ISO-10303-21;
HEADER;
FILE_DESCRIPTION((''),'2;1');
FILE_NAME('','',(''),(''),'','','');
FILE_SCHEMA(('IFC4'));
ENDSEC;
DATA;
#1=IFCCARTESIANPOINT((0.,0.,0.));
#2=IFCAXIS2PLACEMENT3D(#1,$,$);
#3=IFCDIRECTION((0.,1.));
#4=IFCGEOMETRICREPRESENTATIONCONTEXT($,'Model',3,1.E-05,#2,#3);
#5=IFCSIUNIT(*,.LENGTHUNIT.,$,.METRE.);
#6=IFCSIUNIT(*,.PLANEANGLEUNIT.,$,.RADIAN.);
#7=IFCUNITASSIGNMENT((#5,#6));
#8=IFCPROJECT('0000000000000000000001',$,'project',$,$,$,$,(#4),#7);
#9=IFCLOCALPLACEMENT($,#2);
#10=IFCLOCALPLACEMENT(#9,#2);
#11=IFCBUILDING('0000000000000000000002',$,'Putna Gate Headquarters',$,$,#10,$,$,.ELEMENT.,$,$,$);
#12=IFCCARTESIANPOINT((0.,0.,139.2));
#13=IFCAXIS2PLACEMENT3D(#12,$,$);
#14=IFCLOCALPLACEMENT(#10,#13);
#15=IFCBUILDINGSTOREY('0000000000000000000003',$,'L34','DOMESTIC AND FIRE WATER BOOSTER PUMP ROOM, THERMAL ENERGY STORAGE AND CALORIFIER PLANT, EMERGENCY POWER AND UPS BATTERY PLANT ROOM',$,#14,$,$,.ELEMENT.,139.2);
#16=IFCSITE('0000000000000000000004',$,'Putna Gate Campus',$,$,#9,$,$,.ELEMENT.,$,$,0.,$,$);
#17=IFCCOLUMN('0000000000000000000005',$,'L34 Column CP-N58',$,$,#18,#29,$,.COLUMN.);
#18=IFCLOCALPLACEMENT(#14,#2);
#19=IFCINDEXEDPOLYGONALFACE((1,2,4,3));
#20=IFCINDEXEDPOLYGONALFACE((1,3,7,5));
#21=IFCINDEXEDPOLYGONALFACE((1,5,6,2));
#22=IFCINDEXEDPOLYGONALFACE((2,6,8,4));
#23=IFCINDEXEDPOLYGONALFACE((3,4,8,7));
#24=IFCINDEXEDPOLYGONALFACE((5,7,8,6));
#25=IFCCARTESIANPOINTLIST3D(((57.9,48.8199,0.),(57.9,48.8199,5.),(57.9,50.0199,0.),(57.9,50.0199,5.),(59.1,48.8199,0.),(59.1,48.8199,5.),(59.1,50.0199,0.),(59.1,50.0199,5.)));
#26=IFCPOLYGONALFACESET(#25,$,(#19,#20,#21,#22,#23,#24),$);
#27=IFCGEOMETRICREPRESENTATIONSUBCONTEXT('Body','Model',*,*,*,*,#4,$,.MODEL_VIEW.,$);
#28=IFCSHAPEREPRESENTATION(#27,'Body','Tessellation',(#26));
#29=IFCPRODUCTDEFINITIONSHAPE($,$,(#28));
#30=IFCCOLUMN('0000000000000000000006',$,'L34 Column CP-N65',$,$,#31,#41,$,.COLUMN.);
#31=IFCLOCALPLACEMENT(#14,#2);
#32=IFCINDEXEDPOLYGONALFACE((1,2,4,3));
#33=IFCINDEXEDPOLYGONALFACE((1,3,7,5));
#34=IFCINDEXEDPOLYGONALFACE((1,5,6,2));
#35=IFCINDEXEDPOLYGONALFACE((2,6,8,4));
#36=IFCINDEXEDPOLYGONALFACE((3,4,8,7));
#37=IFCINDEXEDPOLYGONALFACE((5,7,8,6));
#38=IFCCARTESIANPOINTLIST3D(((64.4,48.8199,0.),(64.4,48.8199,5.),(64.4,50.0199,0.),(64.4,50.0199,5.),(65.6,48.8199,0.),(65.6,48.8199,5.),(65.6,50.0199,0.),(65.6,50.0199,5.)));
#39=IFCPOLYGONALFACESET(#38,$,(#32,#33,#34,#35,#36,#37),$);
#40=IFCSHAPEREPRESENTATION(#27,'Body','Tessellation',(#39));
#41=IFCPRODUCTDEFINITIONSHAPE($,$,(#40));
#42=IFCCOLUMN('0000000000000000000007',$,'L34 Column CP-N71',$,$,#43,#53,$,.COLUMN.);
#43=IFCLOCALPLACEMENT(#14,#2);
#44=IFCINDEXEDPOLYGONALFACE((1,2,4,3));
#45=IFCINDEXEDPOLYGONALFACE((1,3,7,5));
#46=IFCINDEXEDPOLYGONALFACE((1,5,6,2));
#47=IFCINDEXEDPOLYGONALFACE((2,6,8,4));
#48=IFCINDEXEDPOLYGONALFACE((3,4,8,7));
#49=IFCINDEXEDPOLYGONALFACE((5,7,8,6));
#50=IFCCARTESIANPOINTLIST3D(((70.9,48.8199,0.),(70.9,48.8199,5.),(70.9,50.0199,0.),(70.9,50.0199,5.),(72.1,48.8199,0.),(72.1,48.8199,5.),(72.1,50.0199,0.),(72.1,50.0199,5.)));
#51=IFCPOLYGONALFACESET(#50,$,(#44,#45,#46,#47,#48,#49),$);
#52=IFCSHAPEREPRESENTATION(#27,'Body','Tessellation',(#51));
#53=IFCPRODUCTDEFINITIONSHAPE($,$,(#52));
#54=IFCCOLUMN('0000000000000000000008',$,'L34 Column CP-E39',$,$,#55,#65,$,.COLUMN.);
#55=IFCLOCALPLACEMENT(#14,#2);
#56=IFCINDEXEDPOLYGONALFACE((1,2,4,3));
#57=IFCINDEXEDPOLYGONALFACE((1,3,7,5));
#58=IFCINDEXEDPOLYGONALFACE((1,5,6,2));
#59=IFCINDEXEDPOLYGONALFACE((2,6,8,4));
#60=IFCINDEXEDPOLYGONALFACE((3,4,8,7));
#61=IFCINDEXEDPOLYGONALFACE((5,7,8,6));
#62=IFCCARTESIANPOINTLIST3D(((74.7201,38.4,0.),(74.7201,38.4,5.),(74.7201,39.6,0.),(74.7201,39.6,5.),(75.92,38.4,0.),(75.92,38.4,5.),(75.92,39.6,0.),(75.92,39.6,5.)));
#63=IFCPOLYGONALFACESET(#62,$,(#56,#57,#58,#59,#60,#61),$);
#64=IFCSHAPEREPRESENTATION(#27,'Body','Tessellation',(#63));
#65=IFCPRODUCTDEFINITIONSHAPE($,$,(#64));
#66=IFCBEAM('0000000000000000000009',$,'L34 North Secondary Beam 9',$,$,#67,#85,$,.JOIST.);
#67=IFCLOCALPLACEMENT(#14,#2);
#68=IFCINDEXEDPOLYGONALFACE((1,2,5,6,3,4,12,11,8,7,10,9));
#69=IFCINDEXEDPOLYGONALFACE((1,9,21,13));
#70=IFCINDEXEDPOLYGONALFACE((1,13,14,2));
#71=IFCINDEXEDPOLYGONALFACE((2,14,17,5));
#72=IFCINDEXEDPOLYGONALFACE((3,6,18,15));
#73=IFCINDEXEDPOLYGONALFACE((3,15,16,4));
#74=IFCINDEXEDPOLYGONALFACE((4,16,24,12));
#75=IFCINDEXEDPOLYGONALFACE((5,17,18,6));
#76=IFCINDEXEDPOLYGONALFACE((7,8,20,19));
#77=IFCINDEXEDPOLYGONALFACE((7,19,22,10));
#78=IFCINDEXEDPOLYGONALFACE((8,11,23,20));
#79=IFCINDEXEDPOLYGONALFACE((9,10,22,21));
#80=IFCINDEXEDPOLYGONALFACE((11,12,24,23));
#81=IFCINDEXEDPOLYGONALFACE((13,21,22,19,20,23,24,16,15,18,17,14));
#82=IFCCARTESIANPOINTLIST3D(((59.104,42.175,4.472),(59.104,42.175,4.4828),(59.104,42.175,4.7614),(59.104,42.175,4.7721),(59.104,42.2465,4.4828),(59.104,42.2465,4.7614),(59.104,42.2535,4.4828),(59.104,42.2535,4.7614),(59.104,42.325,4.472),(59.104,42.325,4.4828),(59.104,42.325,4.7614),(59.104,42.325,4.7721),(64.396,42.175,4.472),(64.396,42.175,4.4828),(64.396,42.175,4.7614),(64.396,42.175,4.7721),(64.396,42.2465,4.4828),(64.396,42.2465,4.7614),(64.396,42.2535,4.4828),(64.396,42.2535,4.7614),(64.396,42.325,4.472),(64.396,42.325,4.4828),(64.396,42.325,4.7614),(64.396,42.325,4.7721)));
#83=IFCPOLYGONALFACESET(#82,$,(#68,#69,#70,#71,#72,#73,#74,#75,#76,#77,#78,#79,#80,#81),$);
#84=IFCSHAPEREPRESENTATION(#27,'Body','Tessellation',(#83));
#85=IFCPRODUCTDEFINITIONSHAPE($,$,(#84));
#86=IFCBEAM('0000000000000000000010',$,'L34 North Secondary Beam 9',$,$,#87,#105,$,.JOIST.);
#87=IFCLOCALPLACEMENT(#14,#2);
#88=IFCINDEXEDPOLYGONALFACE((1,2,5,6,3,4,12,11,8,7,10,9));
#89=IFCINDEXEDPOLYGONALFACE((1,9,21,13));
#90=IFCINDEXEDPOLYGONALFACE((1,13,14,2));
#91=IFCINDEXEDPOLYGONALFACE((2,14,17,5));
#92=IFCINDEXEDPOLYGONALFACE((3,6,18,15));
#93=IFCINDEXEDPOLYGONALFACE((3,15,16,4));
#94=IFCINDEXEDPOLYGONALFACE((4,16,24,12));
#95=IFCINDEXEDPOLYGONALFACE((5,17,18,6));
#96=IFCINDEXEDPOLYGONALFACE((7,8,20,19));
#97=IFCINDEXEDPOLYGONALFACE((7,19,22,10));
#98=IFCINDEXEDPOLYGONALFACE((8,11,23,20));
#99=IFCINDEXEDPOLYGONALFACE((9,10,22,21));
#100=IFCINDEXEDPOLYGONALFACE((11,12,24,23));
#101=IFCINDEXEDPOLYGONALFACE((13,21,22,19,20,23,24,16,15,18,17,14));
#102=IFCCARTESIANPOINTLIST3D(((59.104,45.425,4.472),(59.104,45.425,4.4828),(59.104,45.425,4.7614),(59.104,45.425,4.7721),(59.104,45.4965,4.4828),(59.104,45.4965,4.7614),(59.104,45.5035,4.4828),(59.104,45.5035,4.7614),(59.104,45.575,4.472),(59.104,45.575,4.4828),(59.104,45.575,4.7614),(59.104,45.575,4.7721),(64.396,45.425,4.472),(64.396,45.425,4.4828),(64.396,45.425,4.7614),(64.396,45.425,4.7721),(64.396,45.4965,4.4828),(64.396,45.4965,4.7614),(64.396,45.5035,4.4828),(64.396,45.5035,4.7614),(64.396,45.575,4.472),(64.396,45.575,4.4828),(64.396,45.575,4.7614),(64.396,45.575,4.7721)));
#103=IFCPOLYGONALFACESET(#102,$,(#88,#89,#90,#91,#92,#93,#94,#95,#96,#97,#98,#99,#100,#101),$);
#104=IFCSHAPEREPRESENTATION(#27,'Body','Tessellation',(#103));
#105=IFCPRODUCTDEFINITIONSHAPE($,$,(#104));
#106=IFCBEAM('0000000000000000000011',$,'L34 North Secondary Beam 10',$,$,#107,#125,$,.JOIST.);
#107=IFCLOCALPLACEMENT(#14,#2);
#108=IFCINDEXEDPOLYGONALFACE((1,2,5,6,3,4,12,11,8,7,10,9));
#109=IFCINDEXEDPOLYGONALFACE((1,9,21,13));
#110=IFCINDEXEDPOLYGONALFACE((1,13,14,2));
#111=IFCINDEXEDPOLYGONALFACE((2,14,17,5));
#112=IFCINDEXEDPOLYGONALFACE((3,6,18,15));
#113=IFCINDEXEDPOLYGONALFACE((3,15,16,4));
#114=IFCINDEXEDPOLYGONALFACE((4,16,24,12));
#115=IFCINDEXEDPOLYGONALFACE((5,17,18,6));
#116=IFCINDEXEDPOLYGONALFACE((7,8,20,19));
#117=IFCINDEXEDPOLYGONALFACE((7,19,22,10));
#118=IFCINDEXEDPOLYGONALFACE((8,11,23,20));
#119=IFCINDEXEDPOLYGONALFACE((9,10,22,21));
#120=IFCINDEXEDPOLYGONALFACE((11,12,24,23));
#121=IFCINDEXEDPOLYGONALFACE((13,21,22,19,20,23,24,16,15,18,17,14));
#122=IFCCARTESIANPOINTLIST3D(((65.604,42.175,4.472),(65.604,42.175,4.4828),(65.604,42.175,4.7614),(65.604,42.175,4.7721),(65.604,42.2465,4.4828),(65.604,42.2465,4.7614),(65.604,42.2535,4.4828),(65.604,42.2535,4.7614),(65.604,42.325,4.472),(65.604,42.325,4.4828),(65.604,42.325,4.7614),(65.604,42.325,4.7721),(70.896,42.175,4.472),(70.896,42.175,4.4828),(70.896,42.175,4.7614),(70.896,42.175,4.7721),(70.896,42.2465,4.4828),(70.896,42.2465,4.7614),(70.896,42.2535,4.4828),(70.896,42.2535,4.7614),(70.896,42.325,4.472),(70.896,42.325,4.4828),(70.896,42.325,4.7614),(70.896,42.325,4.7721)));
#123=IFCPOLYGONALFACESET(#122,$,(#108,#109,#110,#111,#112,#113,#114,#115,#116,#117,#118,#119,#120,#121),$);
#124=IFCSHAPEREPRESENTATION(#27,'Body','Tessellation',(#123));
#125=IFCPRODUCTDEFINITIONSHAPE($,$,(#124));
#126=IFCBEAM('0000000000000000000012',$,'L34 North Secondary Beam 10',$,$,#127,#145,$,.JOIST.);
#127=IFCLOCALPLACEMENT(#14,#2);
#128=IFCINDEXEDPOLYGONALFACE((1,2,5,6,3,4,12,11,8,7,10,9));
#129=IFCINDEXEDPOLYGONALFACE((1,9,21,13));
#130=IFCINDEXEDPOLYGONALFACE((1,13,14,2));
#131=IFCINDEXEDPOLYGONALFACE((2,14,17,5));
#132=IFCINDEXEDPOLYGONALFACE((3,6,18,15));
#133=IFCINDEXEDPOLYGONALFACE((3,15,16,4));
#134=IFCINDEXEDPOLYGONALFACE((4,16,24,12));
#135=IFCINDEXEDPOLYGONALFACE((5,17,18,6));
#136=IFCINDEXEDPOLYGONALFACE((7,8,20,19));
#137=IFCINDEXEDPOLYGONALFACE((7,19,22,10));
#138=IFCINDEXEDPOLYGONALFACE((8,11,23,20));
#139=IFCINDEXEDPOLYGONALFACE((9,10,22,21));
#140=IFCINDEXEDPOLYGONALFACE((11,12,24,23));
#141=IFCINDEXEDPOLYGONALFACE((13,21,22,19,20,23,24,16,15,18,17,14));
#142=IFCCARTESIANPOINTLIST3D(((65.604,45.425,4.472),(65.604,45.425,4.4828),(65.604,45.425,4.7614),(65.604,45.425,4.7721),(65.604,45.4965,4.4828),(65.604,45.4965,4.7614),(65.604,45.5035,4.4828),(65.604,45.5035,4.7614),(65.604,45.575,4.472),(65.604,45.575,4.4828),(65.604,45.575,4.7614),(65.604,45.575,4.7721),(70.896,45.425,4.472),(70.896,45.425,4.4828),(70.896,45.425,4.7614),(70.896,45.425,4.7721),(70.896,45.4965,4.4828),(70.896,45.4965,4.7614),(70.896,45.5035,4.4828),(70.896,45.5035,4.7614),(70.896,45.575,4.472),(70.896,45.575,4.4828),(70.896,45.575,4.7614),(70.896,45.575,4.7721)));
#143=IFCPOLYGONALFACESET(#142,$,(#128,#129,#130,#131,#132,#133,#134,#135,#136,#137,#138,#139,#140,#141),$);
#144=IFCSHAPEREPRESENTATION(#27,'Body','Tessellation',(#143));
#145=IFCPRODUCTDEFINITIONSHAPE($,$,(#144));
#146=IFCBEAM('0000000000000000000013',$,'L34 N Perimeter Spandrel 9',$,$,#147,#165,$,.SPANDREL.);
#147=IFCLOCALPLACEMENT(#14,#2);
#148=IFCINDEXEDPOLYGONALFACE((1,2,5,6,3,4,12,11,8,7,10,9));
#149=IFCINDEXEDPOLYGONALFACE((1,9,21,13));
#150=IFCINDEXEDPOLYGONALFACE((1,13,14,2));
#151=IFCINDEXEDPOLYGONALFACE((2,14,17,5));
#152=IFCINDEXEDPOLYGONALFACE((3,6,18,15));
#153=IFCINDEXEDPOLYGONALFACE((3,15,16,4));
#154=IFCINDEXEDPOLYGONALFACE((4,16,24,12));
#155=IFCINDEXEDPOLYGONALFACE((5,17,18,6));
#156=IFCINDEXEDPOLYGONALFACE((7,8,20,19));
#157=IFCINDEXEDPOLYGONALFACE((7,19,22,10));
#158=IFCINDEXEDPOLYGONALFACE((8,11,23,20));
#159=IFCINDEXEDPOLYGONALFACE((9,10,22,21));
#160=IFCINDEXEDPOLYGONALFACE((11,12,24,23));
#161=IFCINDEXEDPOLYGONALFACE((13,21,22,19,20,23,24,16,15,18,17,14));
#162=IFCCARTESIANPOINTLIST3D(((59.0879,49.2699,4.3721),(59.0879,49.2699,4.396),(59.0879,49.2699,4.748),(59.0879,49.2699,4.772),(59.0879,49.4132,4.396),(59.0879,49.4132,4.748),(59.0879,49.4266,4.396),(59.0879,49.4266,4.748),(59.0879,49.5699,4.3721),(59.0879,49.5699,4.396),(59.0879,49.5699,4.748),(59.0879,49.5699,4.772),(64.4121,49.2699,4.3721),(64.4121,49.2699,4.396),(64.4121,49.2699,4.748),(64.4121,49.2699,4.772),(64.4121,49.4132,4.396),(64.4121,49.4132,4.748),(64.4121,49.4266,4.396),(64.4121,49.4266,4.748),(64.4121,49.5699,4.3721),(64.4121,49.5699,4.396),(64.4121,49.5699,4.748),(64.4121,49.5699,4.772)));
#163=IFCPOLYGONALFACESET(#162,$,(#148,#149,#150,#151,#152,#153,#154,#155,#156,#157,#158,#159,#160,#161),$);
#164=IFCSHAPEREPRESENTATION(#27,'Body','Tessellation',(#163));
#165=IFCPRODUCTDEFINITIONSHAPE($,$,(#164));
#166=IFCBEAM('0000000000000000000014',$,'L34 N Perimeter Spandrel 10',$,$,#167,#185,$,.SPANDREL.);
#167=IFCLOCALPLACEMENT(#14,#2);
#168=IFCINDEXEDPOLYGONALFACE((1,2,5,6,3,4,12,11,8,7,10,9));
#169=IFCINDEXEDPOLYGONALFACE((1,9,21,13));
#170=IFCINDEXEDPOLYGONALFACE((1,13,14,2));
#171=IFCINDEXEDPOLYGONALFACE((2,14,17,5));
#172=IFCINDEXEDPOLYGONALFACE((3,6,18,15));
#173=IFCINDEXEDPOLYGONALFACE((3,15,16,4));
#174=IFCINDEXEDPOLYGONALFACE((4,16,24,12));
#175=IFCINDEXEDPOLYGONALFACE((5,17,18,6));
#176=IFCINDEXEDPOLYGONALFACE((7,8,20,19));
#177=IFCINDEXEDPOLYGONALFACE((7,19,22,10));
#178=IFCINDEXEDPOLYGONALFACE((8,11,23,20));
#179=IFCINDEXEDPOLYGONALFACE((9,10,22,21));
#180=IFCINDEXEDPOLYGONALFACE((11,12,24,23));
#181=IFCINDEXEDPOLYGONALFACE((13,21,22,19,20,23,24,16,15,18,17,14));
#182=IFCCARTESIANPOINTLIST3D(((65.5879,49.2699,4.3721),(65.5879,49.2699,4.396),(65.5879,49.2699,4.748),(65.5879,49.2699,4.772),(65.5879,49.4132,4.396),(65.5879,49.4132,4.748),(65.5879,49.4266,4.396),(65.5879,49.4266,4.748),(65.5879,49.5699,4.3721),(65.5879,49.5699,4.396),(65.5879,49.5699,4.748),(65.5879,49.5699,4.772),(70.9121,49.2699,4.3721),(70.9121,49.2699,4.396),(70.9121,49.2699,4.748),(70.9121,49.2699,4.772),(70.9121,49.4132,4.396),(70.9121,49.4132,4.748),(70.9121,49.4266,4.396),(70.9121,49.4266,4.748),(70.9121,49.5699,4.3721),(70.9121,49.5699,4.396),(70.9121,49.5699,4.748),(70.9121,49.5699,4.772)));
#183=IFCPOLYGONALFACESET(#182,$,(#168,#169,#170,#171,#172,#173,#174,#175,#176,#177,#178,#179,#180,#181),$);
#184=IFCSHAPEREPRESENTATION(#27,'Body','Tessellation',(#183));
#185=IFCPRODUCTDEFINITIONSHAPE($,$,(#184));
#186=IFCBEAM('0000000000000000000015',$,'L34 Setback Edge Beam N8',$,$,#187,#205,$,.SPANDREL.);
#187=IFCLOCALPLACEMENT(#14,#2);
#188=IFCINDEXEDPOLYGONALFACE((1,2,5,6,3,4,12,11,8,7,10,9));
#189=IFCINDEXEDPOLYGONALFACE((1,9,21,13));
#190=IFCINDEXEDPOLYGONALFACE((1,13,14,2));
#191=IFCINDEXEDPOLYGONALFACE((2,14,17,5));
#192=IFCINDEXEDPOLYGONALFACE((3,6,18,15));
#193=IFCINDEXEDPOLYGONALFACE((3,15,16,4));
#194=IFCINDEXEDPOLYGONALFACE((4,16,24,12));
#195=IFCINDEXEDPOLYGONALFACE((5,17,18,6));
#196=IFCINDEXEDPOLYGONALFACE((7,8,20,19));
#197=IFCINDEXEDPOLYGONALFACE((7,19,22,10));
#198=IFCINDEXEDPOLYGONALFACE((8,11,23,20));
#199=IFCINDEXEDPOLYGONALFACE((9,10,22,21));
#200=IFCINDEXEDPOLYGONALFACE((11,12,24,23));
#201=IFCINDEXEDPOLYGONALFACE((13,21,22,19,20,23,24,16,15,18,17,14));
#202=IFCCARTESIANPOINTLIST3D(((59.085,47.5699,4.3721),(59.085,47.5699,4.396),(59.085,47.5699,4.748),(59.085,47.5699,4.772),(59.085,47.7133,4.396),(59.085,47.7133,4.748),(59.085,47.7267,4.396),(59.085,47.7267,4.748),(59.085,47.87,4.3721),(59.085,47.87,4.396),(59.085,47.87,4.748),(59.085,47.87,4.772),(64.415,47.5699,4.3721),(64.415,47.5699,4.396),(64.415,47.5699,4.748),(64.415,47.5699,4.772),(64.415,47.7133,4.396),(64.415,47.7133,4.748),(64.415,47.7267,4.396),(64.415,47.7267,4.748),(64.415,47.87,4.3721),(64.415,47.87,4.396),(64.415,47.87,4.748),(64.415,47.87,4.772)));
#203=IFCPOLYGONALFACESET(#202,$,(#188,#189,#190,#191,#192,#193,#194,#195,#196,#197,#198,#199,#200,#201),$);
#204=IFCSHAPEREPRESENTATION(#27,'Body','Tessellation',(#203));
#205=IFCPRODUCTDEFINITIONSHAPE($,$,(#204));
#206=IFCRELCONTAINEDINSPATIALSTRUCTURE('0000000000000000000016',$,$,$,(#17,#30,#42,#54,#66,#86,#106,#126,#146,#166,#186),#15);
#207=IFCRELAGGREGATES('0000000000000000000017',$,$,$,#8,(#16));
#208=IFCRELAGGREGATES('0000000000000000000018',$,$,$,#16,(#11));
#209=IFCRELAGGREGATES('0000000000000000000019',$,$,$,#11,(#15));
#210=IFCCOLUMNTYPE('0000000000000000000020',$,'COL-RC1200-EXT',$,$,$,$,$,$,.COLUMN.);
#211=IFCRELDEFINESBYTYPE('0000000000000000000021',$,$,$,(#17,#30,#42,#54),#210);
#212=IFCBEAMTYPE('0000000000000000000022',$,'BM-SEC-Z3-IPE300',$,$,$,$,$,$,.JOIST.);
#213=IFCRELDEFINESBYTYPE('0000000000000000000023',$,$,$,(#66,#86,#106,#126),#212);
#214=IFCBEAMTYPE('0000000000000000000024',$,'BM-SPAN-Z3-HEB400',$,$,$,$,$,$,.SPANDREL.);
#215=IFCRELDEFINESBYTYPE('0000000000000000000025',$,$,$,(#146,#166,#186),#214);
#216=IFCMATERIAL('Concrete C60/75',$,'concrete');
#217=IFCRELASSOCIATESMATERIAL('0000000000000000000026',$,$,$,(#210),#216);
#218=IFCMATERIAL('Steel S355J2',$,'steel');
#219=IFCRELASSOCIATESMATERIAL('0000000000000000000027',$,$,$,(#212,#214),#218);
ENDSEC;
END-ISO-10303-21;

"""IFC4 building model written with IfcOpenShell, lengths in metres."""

from ifc_helpers import new_model, si_unit, direction, frame, origin, origin_2d, place, context, subcontext, project, spatial, rectangle, i_section, extrude, material, material_profile, profile_set, type_object, element, save


model = new_model("IFC4")

# Units and contexts
model_context = context("Model", 3, precision=1e-05, world=origin(), true_north=direction((0.0, 1.0)))
body_context = subcontext(model_context, "Body", "Model", "MODEL_VIEW")
ifc_project = project(units=[si_unit("LENGTHUNIT", "METRE"), si_unit("PLANEANGLEUNIT", "RADIAN")], contexts=[model_context])

# Site, building, storey
site_placement = place(None, origin())
site = spatial("IfcSite", under=ifc_project, at=site_placement, Name="Putna Gate Campus", CompositionType="ELEMENT", RefElevation=0.0)
building_placement = place(site_placement, origin())
building = spatial("IfcBuilding", under=site, at=building_placement, Name="Putna Gate Headquarters", CompositionType="ELEMENT")
storey_placement = place(building_placement, frame((0.0, 0.0, 139.2)))
storey = spatial("IfcBuildingStorey", under=building, at=storey_placement, Name="L34", Description="DOMESTIC AND FIRE WATER BOOSTER PUMP ROOM, THERMAL ENERGY STORAGE AND CALORIFIER PLANT, EMERGENCY POWER AND UPS BATTERY PLANT ROOM", CompositionType="ELEMENT", Elevation=139.2)

# Columns
ifc_material_1 = material(Name="Concrete C60/75", Category="concrete")
ifc_material_profile_1 = material_profile(ifc_material_1, rectangle(XDim=1.2, YDim=1.2, at=origin_2d()), Name="Concrete C60/75")
ifc_profile_set_1 = profile_set([ifc_material_profile_1], Name="Concrete C60/75")
column_type = type_object("IfcColumnType", Name="COL-RC1200-EXT", PredefinedType="COLUMN", material=ifc_profile_set_1)
for number, where, z_axis, x_axis, name in (
    (1, (58.5, 49.4199, 0.0), (0.0, 0.0, 1.0), (1.0, 0.0, 0.0), "L34 Column CP-N58"),
    (2, (65.0, 49.4199, 0.0), (0.0, 0.0, 1.0), (1.0, 0.0, 0.0), "L34 Column CP-N65"),
    (3, (71.5, 49.4199, 0.0), (0.0, 0.0, 1.0), (1.0, 0.0, 0.0), "L34 Column CP-N71"),
    (4, (75.3201, 39.0, 0.0), (0.0, 0.0, 1.0), (1.0, 0.0, 0.0), "L34 Column CP-E39"),
):
    element("IfcColumn", number, at=place(storey_placement, frame(where, z_axis=z_axis, x_axis=x_axis)), inside=storey, type_object=column_type, Name=name, PredefinedType="COLUMN", context=body_context, shape_type="SweptSolid", body=[
        extrude(rectangle(XDim=1.2, YDim=1.2, at=origin_2d()), origin(), (0.0, 0.0, 1.0), 5.0),
    ])

# Beams
ifc_material_2 = material(Name="Steel S355J2", Category="steel")
ifc_material_profile_2 = material_profile(ifc_material_2, i_section(OverallWidth=0.1499, OverallDepth=0.3, WebThickness=0.0071, FlangeThickness=0.0107, at=origin_2d()), Name="Steel S355J2")
ifc_profile_set_2 = profile_set([ifc_material_profile_2], Name="Steel S355J2")
beam_type_1 = type_object("IfcBeamType", Name="BM-SEC-Z3-IPE300", PredefinedType="JOIST", material=ifc_profile_set_2)
for number, where, z_axis, x_axis, name in (
    (5, (59.104, 42.25, 4.6221), (1.0, 0.0, 0.0), (0.0, 1.0, 0.0), "L34 North Secondary Beam 9"),
    (6, (59.104, 45.5, 4.6221), (1.0, 0.0, 0.0), (0.0, 1.0, 0.0), "L34 North Secondary Beam 9"),
    (7, (65.604, 42.25, 4.6221), (1.0, 0.0, 0.0), (0.0, 1.0, 0.0), "L34 North Secondary Beam 10"),
    (8, (65.604, 45.5, 4.6221), (1.0, 0.0, 0.0), (0.0, 1.0, 0.0), "L34 North Secondary Beam 10"),
):
    element("IfcBeam", number, at=place(storey_placement, frame(where, z_axis=z_axis, x_axis=x_axis)), inside=storey, type_object=beam_type_1, Name=name, PredefinedType="JOIST", context=body_context, shape_type="SweptSolid", body=[
        extrude(i_section(OverallWidth=0.1499, OverallDepth=0.3, WebThickness=0.0071, FlangeThickness=0.0107, at=origin_2d()), origin(), (0.0, 0.0, 1.0), 5.292),
    ])
ifc_material_profile_3 = material_profile(ifc_material_2, i_section(OverallWidth=0.3, OverallDepth=0.3999, WebThickness=0.0134, FlangeThickness=0.0239, at=origin_2d()), Name="Steel S355J2")
ifc_profile_set_3 = profile_set([ifc_material_profile_3], Name="Steel S355J2")
beam_type_2 = type_object("IfcBeamType", Name="BM-SPAN-Z3-HEB400", PredefinedType="SPANDREL", material=ifc_profile_set_3)
for number, where, z_axis, x_axis, name in (
    (9, (59.0879, 49.4199, 4.572), (1.0, 0.0, 0.0), (0.0, 1.0, 0.0), "L34 N Perimeter Spandrel 9"),
    (10, (65.5879, 49.4199, 4.572), (1.0, 0.0, 0.0), (0.0, 1.0, 0.0), "L34 N Perimeter Spandrel 10"),
):
    element("IfcBeam", number, at=place(storey_placement, frame(where, z_axis=z_axis, x_axis=x_axis)), inside=storey, type_object=beam_type_2, Name=name, PredefinedType="SPANDREL", context=body_context, shape_type="SweptSolid", body=[
        extrude(i_section(OverallWidth=0.3, OverallDepth=0.3999, WebThickness=0.0134, FlangeThickness=0.0239, at=origin_2d()), origin(), (0.0, 0.0, 1.0), 5.3242),
    ])
beam_1_placement = place(storey_placement, frame((59.085, 47.72, 4.572), z_axis=(1.0, 0.0, 0.0), x_axis=(0.0, 1.0, 0.0)))
element("IfcBeam", 11, at=beam_1_placement, inside=storey, type_object=beam_type_2, Name="L34 Setback Edge Beam N8", PredefinedType="SPANDREL", context=body_context, shape_type="SweptSolid", body=[
    extrude(i_section(OverallWidth=0.3, OverallDepth=0.3999, WebThickness=0.0134, FlangeThickness=0.0239, at=origin_2d()), origin(), (0.0, 0.0, 1.0), 5.3301),
])

save(model, "model.ifc")
